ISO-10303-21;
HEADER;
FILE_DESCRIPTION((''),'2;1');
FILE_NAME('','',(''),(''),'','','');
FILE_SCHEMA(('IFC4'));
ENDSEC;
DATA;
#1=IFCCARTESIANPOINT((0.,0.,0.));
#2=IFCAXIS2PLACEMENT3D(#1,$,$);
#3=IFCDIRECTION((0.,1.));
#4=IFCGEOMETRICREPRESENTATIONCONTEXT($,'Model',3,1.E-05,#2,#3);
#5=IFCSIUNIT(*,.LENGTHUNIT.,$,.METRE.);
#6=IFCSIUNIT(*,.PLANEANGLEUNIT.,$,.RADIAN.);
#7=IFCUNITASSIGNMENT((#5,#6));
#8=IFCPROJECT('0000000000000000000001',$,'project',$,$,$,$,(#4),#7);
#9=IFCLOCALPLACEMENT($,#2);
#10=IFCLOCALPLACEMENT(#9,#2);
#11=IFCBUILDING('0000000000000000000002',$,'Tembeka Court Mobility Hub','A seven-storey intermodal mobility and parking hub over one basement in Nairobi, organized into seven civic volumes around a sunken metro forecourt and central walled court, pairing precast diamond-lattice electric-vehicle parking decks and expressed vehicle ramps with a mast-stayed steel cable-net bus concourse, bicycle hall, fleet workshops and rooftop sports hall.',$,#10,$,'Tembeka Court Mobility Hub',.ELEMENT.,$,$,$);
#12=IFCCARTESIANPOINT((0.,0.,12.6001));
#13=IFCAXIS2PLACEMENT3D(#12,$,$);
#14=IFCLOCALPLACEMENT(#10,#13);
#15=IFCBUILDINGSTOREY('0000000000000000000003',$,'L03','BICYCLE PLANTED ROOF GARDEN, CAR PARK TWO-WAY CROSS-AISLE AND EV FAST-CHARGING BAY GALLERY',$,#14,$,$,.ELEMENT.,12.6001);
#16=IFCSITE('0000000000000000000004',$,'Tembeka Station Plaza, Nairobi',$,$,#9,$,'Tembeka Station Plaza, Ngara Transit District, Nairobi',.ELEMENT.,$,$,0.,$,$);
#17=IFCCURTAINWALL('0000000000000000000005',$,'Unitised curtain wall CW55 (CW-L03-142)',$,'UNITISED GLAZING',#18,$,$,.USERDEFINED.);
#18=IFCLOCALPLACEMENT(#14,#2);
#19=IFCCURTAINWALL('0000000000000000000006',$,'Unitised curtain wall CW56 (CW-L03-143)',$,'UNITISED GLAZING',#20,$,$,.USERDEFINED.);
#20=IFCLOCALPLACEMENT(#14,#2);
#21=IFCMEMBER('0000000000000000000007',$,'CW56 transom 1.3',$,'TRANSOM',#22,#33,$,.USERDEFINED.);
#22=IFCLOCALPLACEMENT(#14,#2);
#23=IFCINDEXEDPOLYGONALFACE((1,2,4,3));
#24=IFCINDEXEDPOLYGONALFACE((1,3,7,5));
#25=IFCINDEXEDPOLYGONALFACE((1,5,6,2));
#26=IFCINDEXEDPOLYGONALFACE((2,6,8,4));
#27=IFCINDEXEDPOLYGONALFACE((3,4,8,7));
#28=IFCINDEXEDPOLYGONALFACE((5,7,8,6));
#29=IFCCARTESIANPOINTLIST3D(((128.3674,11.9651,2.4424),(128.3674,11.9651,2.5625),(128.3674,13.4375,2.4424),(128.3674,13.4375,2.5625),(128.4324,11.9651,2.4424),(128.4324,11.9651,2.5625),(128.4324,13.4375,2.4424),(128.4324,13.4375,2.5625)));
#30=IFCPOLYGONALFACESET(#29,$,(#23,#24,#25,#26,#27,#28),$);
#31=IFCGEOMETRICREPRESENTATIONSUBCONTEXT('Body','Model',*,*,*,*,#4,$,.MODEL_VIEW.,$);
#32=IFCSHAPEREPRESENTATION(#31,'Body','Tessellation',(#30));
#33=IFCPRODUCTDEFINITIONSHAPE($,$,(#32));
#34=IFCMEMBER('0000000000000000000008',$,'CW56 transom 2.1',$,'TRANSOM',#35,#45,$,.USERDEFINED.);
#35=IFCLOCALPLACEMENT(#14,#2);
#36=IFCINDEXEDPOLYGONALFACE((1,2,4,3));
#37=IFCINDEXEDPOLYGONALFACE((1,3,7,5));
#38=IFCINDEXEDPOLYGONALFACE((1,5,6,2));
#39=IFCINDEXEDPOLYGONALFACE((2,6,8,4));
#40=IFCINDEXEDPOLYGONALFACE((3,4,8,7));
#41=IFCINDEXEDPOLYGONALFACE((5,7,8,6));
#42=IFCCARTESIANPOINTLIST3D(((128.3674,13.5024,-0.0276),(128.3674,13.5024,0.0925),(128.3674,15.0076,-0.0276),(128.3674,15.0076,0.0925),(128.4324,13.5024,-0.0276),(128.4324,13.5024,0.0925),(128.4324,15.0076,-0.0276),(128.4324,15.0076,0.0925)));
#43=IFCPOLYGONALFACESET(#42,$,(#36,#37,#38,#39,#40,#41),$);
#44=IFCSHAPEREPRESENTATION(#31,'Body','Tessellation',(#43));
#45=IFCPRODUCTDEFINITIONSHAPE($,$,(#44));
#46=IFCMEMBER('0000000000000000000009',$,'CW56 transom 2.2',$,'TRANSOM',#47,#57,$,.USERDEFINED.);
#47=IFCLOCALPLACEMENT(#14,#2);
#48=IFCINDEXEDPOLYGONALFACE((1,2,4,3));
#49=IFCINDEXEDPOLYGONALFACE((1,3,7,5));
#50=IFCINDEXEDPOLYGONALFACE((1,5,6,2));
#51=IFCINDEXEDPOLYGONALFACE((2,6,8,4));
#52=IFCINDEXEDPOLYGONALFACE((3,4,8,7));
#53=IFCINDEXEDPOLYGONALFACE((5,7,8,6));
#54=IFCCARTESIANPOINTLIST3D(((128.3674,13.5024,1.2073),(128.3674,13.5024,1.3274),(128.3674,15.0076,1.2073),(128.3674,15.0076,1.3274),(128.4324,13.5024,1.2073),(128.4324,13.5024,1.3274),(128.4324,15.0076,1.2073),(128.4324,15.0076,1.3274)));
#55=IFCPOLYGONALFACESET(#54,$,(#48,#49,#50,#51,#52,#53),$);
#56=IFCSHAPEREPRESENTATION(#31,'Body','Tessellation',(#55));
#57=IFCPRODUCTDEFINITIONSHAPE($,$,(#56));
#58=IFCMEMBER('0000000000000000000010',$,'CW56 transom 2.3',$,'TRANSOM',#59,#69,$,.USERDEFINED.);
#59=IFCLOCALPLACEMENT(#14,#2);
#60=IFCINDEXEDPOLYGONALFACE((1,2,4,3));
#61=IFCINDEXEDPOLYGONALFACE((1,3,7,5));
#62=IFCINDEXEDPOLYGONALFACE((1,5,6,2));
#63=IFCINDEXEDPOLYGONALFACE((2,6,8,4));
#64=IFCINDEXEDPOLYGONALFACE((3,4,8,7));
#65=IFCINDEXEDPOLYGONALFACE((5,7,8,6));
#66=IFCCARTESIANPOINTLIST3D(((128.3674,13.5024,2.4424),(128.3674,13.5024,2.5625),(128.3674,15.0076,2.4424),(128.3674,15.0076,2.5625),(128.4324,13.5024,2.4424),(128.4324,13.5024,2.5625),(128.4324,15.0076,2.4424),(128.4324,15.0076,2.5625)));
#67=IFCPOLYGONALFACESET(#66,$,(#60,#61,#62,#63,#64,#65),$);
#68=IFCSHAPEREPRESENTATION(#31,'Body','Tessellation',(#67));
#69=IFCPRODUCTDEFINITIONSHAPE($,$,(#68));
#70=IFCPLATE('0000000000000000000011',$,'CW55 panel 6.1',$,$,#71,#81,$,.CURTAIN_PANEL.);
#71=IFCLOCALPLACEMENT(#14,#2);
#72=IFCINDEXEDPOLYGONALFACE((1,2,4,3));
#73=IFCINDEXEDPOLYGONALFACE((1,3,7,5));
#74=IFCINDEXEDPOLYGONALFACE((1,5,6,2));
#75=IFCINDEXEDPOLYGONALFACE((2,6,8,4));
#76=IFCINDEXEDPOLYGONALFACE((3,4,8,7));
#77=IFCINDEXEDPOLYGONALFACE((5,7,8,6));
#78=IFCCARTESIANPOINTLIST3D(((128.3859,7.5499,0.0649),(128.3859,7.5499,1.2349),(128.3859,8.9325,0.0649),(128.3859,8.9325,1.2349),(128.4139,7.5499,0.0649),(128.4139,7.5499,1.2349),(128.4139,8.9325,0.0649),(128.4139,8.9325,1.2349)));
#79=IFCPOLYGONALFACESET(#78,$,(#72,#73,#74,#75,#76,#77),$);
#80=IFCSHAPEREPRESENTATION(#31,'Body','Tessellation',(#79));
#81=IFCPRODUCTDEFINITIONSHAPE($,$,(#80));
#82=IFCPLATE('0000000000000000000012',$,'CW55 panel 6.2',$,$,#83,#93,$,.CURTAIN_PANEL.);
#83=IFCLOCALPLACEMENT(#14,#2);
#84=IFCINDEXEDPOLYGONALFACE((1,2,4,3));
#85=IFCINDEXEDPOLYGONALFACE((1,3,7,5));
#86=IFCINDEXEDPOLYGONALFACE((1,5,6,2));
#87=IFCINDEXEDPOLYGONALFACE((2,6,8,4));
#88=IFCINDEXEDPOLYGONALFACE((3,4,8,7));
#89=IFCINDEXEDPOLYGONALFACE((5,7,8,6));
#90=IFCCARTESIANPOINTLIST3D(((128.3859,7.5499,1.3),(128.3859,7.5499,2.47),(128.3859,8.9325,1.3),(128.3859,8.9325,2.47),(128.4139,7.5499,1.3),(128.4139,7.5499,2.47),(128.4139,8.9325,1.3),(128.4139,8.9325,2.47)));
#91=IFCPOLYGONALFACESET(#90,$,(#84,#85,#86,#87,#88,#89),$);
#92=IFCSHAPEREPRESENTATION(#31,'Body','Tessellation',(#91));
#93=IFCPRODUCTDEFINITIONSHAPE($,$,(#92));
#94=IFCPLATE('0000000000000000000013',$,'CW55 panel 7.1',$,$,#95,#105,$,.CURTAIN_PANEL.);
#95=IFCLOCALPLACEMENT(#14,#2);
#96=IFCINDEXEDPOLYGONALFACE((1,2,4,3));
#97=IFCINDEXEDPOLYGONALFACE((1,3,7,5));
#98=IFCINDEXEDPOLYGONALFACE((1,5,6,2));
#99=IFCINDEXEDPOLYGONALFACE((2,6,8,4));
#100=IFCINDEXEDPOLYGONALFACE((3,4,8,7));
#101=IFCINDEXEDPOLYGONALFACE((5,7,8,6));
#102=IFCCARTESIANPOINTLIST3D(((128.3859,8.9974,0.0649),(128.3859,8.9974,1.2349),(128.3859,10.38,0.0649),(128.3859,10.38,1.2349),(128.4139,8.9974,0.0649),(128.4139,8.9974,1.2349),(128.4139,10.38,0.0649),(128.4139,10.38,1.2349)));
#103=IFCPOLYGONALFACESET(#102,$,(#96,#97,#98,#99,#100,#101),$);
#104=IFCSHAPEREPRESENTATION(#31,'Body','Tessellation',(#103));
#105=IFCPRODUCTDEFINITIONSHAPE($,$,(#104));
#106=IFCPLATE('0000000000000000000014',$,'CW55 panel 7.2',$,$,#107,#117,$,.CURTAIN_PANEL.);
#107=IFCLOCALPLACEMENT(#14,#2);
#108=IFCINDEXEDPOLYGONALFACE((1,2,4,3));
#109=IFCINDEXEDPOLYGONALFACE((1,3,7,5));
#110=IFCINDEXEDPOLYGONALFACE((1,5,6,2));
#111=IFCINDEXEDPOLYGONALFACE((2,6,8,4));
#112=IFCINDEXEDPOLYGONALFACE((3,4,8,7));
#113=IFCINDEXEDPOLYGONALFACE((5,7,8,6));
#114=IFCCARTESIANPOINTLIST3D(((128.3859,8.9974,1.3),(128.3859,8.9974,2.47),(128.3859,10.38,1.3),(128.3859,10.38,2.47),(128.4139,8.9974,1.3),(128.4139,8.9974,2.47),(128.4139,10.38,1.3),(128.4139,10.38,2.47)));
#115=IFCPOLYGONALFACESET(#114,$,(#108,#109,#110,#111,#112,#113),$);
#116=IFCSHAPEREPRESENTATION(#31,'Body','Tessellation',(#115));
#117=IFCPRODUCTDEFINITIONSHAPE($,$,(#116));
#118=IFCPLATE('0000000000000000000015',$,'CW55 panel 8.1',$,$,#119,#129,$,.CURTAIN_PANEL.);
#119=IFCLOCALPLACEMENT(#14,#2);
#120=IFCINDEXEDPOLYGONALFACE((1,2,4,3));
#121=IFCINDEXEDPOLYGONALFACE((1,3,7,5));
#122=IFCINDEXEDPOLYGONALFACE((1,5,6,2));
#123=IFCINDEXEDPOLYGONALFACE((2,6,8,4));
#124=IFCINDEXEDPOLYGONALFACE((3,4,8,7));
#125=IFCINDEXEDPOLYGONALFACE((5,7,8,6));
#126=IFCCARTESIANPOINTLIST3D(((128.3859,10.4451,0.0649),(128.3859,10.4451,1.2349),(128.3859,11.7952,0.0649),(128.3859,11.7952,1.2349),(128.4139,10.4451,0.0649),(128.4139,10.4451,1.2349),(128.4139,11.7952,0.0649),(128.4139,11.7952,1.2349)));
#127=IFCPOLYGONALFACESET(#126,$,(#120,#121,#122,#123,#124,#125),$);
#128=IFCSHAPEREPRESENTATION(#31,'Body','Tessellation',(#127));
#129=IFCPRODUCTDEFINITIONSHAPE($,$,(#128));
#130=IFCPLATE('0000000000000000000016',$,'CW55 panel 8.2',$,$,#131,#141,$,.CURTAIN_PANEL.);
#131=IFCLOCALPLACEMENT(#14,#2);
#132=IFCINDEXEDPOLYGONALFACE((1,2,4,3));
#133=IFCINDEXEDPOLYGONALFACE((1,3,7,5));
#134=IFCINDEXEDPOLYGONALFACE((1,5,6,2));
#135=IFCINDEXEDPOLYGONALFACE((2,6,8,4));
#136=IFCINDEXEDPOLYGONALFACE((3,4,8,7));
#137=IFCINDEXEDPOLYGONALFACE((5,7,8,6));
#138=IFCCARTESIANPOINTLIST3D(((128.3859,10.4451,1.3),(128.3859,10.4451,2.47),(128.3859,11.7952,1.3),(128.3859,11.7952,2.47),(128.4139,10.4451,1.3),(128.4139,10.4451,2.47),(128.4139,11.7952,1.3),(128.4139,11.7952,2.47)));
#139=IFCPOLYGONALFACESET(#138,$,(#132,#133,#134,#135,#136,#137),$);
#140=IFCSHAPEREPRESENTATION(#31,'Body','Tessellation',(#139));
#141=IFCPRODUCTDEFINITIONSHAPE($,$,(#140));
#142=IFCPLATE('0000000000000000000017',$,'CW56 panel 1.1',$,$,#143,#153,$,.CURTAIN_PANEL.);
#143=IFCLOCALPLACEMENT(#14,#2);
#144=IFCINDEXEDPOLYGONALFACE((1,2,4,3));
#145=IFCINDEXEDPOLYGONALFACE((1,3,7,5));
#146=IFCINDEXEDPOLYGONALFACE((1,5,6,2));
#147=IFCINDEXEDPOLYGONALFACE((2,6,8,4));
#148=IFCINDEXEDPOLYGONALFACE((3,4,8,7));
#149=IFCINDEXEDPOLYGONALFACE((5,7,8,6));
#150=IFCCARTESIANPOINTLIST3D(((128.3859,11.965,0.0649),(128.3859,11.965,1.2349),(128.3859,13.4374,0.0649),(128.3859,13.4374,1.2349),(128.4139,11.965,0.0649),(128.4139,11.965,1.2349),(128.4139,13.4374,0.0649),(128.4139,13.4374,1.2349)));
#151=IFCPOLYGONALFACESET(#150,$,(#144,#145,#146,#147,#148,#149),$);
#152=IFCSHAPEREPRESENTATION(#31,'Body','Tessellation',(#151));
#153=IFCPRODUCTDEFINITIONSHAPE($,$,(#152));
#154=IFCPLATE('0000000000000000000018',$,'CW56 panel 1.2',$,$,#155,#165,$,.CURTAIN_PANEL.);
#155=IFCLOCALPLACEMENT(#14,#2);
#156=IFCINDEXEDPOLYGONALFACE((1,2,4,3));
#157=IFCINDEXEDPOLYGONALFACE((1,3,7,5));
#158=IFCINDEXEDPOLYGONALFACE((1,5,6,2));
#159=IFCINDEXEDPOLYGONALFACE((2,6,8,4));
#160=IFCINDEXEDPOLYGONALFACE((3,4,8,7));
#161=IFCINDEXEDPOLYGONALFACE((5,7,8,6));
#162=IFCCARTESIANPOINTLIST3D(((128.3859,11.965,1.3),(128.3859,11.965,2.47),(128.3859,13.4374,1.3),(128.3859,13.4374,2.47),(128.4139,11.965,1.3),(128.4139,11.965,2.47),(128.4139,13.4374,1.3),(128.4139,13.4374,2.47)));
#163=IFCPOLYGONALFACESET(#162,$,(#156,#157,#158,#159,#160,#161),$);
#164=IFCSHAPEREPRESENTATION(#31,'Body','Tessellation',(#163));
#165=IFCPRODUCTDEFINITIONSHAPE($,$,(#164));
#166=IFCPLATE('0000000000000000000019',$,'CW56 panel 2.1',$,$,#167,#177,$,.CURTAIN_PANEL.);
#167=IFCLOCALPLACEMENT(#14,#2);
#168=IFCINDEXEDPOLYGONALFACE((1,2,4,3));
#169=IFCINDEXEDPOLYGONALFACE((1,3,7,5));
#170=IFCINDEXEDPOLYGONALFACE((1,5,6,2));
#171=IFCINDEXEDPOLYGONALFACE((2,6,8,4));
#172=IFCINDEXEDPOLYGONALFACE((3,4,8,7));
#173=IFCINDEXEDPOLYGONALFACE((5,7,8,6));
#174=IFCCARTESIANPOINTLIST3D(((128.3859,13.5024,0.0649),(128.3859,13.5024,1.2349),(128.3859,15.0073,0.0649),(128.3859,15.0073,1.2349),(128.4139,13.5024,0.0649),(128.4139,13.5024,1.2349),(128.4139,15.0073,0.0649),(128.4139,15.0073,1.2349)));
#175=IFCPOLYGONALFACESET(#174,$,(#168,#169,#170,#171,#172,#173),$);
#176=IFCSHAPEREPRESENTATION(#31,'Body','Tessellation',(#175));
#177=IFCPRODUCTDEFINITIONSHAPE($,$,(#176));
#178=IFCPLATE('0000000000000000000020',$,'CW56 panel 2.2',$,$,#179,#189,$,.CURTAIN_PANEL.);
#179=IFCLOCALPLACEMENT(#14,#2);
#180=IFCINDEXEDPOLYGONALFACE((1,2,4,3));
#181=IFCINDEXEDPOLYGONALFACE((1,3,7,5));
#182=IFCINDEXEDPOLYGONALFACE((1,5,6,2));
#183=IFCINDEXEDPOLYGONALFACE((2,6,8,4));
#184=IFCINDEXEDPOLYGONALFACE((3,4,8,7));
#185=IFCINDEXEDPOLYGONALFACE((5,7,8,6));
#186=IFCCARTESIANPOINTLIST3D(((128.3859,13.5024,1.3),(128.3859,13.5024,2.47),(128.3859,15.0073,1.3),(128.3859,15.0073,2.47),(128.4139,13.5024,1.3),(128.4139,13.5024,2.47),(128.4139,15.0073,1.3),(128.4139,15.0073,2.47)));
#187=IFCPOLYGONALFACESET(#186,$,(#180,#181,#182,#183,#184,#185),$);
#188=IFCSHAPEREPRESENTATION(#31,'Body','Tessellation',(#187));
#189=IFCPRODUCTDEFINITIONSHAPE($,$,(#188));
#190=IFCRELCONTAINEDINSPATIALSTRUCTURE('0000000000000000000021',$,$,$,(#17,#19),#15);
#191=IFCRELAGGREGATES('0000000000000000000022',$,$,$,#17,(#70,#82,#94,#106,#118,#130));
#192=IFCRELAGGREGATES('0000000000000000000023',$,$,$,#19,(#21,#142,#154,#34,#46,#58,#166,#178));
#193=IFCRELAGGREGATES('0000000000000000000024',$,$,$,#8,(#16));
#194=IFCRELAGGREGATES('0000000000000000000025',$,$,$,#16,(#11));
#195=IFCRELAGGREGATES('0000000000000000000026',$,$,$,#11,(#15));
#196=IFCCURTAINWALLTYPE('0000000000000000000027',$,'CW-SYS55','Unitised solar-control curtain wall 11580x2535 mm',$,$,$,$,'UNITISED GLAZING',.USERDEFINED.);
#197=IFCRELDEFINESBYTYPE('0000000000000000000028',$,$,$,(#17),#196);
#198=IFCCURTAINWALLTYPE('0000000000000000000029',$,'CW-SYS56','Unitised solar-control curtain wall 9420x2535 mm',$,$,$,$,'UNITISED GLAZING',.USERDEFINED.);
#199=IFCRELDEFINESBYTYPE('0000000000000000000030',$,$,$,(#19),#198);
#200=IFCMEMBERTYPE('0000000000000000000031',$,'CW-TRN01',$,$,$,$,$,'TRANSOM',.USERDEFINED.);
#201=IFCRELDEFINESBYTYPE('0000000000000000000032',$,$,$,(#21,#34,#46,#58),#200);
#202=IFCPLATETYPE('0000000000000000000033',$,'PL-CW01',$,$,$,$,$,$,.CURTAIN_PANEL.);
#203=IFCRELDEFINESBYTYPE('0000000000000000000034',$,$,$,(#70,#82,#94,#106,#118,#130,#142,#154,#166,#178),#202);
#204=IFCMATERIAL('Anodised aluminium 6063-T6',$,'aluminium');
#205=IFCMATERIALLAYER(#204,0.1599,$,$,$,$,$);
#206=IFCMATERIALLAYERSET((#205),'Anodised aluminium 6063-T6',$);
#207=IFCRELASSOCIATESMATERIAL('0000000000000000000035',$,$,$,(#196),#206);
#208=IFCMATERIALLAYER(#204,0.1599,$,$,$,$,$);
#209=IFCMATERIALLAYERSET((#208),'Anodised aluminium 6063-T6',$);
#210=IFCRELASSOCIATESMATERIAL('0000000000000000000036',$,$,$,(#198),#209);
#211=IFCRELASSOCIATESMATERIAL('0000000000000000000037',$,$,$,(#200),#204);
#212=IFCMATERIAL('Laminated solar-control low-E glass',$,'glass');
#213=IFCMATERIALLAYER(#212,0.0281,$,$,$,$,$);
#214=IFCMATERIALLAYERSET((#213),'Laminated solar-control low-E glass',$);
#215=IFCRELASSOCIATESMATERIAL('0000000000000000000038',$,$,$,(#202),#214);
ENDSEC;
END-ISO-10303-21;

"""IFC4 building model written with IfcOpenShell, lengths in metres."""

from ifc_helpers import new_model, si_unit, direction, frame, origin, origin_2d, place, context, subcontext, project, spatial, rectangle, extrude, material, layer, layer_set, material_profile, profile_set, type_object, element, aggregate, save


model = new_model("IFC4")

# Units and contexts
model_context = context("Model", 3, precision=1e-05, world=origin(), true_north=direction((0.0, 1.0)))
body_context = subcontext(model_context, "Body", "Model", "MODEL_VIEW")
ifc_project = project(units=[si_unit("LENGTHUNIT", "METRE"), si_unit("PLANEANGLEUNIT", "RADIAN")], contexts=[model_context])

# Site, building, storey
site_placement = place(None, origin())
site = spatial("IfcSite", under=ifc_project, at=site_placement, Name="Tembeka Station Plaza, Nairobi", LongName="Tembeka Station Plaza, Ngara Transit District, Nairobi", CompositionType="ELEMENT", RefElevation=0.0)
building_placement = place(site_placement, origin())
building = spatial("IfcBuilding", under=site, at=building_placement, Name="Tembeka Court Mobility Hub", Description="A seven-storey intermodal mobility and parking hub over one basement in Nairobi, organized into seven civic volumes around a sunken metro forecourt and central walled court, pairing precast diamond-lattice electric-vehicle parking decks and expressed vehicle ramps with a mast-stayed steel cable-net bus concourse, bicycle hall, fleet workshops and rooftop sports hall.", LongName="Tembeka Court Mobility Hub", CompositionType="ELEMENT")
storey_placement = place(building_placement, frame((0.0, 0.0, 12.6001)))
storey = spatial("IfcBuildingStorey", under=building, at=storey_placement, Name="L03", Description="BICYCLE PLANTED ROOF GARDEN, CAR PARK TWO-WAY CROSS-AISLE AND EV FAST-CHARGING BAY GALLERY", CompositionType="ELEMENT", Elevation=12.6001)

# Curtain walls
ifc_material_1 = material(Name="Anodised aluminium 6063-T6", Category="aluminium")
ifc_layer_1 = layer(ifc_material_1, 0.1599)
ifc_layer_set_1 = layer_set([ifc_layer_1], Name="Anodised aluminium 6063-T6")
curtain_wall_type_1 = type_object("IfcCurtainWallType", Name="CW-SYS55", Description="Unitised solar-control curtain wall 11580x2535 mm", ElementType="UNITISED GLAZING", PredefinedType="USERDEFINED", material=ifc_layer_set_1)
curtain_wall_1_placement = place(storey_placement, origin())
curtain_wall_1 = element("IfcCurtainWall", 1, at=curtain_wall_1_placement, inside=storey, type_object=curtain_wall_type_1, Name="Unitised curtain wall CW55 (CW-L03-142)", ObjectType="UNITISED GLAZING", PredefinedType="USERDEFINED")
ifc_layer_2 = layer(ifc_material_1, 0.1599)
ifc_layer_set_2 = layer_set([ifc_layer_2], Name="Anodised aluminium 6063-T6")
curtain_wall_type_2 = type_object("IfcCurtainWallType", Name="CW-SYS56", Description="Unitised solar-control curtain wall 9420x2535 mm", ElementType="UNITISED GLAZING", PredefinedType="USERDEFINED", material=ifc_layer_set_2)
curtain_wall_2_placement = place(storey_placement, origin())
curtain_wall_2 = element("IfcCurtainWall", 2, at=curtain_wall_2_placement, inside=storey, type_object=curtain_wall_type_2, Name="Unitised curtain wall CW56 (CW-L03-143)", ObjectType="UNITISED GLAZING", PredefinedType="USERDEFINED")

# Members
ifc_material_profile_1 = material_profile(ifc_material_1, rectangle(XDim=0.0649, YDim=0.1201, at=origin_2d()), Name="ALU-TRN 65x120")
ifc_profile_set_1 = profile_set([ifc_material_profile_1], Name="Anodised aluminium 6063-T6")
member_type_1 = type_object("IfcMemberType", Name="CW-TRN01", ElementType="TRANSOM", PredefinedType="USERDEFINED", material=ifc_profile_set_1)
member_1_placement = place(storey_placement, frame((128.3999, 11.9651, 2.5024), z_axis=(0.0, 1.0, 0.0), x_axis=(-1.0, 0.0, 0.0)))
member_1 = element("IfcMember", 3, at=member_1_placement, type_object=member_type_1, Name="CW56 transom 1.3", ObjectType="TRANSOM", PredefinedType="USERDEFINED", context=body_context, shape_type="SweptSolid", body=[
    extrude(rectangle(XDim=0.0649, YDim=0.1201, at=origin_2d()), origin(), (0.0, 0.0, 1.0), 1.4724),
])
member_2_placement = place(storey_placement, frame((128.3999, 13.5024, 0.0325), z_axis=(0.0, 1.0, 0.0), x_axis=(-1.0, 0.0, 0.0)))
member_2 = element("IfcMember", 4, at=member_2_placement, type_object=member_type_1, Name="CW56 transom 2.1", ObjectType="TRANSOM", PredefinedType="USERDEFINED", context=body_context, shape_type="SweptSolid", body=[
    extrude(rectangle(XDim=0.0649, YDim=0.1201, at=origin_2d()), origin(), (0.0, 0.0, 1.0), 1.5051),
])
member_3_placement = place(storey_placement, frame((128.3999, 13.5024, 1.2673), z_axis=(0.0, 1.0, 0.0), x_axis=(-1.0, 0.0, 0.0)))
member_3 = element("IfcMember", 5, at=member_3_placement, type_object=member_type_1, Name="CW56 transom 2.2", ObjectType="TRANSOM", PredefinedType="USERDEFINED", context=body_context, shape_type="SweptSolid", body=[
    extrude(rectangle(XDim=0.0649, YDim=0.1201, at=origin_2d()), origin(), (0.0, 0.0, 1.0), 1.5051),
])
member_4_placement = place(storey_placement, frame((128.3999, 13.5024, 2.5024), z_axis=(0.0, 1.0, 0.0), x_axis=(-1.0, 0.0, 0.0)))
member_4 = element("IfcMember", 6, at=member_4_placement, type_object=member_type_1, Name="CW56 transom 2.3", ObjectType="TRANSOM", PredefinedType="USERDEFINED", context=body_context, shape_type="SweptSolid", body=[
    extrude(rectangle(XDim=0.0649, YDim=0.1201, at=origin_2d()), origin(), (0.0, 0.0, 1.0), 1.5051),
])

# Plates
ifc_material_2 = material(Name="Laminated solar-control low-E glass", Category="glass")
ifc_layer_3 = layer(ifc_material_2, 0.0281)
ifc_layer_set_3 = layer_set([ifc_layer_3], Name="Laminated solar-control low-E glass")
plate_type = type_object("IfcPlateType", Name="PL-CW01", PredefinedType="CURTAIN_PANEL", material=ifc_layer_set_3)
plate_1_placement = place(storey_placement, frame((128.3999, 8.2412, 0.0649), z_axis=(0.0, 0.0, 1.0), x_axis=(0.0, 1.0, 0.0)))
plate_1 = element("IfcPlate", 7, at=plate_1_placement, type_object=plate_type, Name="CW55 panel 6.1", PredefinedType="CURTAIN_PANEL", context=body_context, shape_type="SweptSolid", body=[
    extrude(rectangle(XDim=1.3826, YDim=0.0281, at=origin_2d()), origin(), (0.0, 0.0, 1.0), 1.1699),
])
plate_2_placement = place(storey_placement, frame((128.3999, 8.2412, 1.3), z_axis=(0.0, 0.0, 1.0), x_axis=(0.0, 1.0, 0.0)))
plate_2 = element("IfcPlate", 8, at=plate_2_placement, type_object=plate_type, Name="CW55 panel 6.2", PredefinedType="CURTAIN_PANEL", context=body_context, shape_type="SweptSolid", body=[
    extrude(rectangle(XDim=1.3826, YDim=0.0281, at=origin_2d()), origin(), (0.0, 0.0, 1.0), 1.1699),
])
plate_3_placement = place(storey_placement, frame((128.3999, 9.6887, 0.0649), z_axis=(0.0, 0.0, 1.0), x_axis=(0.0, 1.0, 0.0)))
plate_3 = element("IfcPlate", 9, at=plate_3_placement, type_object=plate_type, Name="CW55 panel 7.1", PredefinedType="CURTAIN_PANEL", context=body_context, shape_type="SweptSolid", body=[
    extrude(rectangle(XDim=1.3826, YDim=0.0281, at=origin_2d()), origin(), (0.0, 0.0, 1.0), 1.1699),
])
plate_4_placement = place(storey_placement, frame((128.3999, 9.6887, 1.3), z_axis=(0.0, 0.0, 1.0), x_axis=(0.0, 1.0, 0.0)))
plate_4 = element("IfcPlate", 10, at=plate_4_placement, type_object=plate_type, Name="CW55 panel 7.2", PredefinedType="CURTAIN_PANEL", context=body_context, shape_type="SweptSolid", body=[
    extrude(rectangle(XDim=1.3826, YDim=0.0281, at=origin_2d()), origin(), (0.0, 0.0, 1.0), 1.1699),
])
plate_5_placement = place(storey_placement, frame((128.3999, 11.1201, 0.0649), z_axis=(0.0, 0.0, 1.0), x_axis=(0.0, 1.0, 0.0)))
plate_5 = element("IfcPlate", 11, at=plate_5_placement, type_object=plate_type, Name="CW55 panel 8.1", PredefinedType="CURTAIN_PANEL", context=body_context, shape_type="SweptSolid", body=[
    extrude(rectangle(XDim=1.3501, YDim=0.0281, at=origin_2d()), origin(), (0.0, 0.0, 1.0), 1.1699),
])
plate_6_placement = place(storey_placement, frame((128.3999, 11.1201, 1.3), z_axis=(0.0, 0.0, 1.0), x_axis=(0.0, 1.0, 0.0)))
plate_6 = element("IfcPlate", 12, at=plate_6_placement, type_object=plate_type, Name="CW55 panel 8.2", PredefinedType="CURTAIN_PANEL", context=body_context, shape_type="SweptSolid", body=[
    extrude(rectangle(XDim=1.3501, YDim=0.0281, at=origin_2d()), origin(), (0.0, 0.0, 1.0), 1.1699),
])
aggregate(curtain_wall_1, [plate_1, plate_2, plate_3, plate_4, plate_5, plate_6])
plate_7_placement = place(storey_placement, frame((128.3999, 12.7012, 0.0649), z_axis=(0.0, 0.0, 1.0), x_axis=(0.0, 1.0, 0.0)))
plate_7 = element("IfcPlate", 13, at=plate_7_placement, type_object=plate_type, Name="CW56 panel 1.1", PredefinedType="CURTAIN_PANEL", context=body_context, shape_type="SweptSolid", body=[
    extrude(rectangle(XDim=1.4724, YDim=0.0281, at=origin_2d()), origin(), (0.0, 0.0, 1.0), 1.1699),
])
plate_8_placement = place(storey_placement, frame((128.3999, 12.7012, 1.3), z_axis=(0.0, 0.0, 1.0), x_axis=(0.0, 1.0, 0.0)))
plate_8 = element("IfcPlate", 14, at=plate_8_placement, type_object=plate_type, Name="CW56 panel 1.2", PredefinedType="CURTAIN_PANEL", context=body_context, shape_type="SweptSolid", body=[
    extrude(rectangle(XDim=1.4724, YDim=0.0281, at=origin_2d()), origin(), (0.0, 0.0, 1.0), 1.1699),
])
plate_9_placement = place(storey_placement, frame((128.3999, 14.2549, 0.0649), z_axis=(0.0, 0.0, 1.0), x_axis=(0.0, 1.0, 0.0)))
plate_9 = element("IfcPlate", 15, at=plate_9_placement, type_object=plate_type, Name="CW56 panel 2.1", PredefinedType="CURTAIN_PANEL", context=body_context, shape_type="SweptSolid", body=[
    extrude(rectangle(XDim=1.5049, YDim=0.0281, at=origin_2d()), origin(), (0.0, 0.0, 1.0), 1.1699),
])
plate_10_placement = place(storey_placement, frame((128.3999, 14.2549, 1.3), z_axis=(0.0, 0.0, 1.0), x_axis=(0.0, 1.0, 0.0)))
plate_10 = element("IfcPlate", 16, at=plate_10_placement, type_object=plate_type, Name="CW56 panel 2.2", PredefinedType="CURTAIN_PANEL", context=body_context, shape_type="SweptSolid", body=[
    extrude(rectangle(XDim=1.5049, YDim=0.0281, at=origin_2d()), origin(), (0.0, 0.0, 1.0), 1.1699),
])
aggregate(curtain_wall_2, [member_1, plate_7, plate_8, member_2, member_3, member_4, plate_9, plate_10])

save(model, "model.ifc")
